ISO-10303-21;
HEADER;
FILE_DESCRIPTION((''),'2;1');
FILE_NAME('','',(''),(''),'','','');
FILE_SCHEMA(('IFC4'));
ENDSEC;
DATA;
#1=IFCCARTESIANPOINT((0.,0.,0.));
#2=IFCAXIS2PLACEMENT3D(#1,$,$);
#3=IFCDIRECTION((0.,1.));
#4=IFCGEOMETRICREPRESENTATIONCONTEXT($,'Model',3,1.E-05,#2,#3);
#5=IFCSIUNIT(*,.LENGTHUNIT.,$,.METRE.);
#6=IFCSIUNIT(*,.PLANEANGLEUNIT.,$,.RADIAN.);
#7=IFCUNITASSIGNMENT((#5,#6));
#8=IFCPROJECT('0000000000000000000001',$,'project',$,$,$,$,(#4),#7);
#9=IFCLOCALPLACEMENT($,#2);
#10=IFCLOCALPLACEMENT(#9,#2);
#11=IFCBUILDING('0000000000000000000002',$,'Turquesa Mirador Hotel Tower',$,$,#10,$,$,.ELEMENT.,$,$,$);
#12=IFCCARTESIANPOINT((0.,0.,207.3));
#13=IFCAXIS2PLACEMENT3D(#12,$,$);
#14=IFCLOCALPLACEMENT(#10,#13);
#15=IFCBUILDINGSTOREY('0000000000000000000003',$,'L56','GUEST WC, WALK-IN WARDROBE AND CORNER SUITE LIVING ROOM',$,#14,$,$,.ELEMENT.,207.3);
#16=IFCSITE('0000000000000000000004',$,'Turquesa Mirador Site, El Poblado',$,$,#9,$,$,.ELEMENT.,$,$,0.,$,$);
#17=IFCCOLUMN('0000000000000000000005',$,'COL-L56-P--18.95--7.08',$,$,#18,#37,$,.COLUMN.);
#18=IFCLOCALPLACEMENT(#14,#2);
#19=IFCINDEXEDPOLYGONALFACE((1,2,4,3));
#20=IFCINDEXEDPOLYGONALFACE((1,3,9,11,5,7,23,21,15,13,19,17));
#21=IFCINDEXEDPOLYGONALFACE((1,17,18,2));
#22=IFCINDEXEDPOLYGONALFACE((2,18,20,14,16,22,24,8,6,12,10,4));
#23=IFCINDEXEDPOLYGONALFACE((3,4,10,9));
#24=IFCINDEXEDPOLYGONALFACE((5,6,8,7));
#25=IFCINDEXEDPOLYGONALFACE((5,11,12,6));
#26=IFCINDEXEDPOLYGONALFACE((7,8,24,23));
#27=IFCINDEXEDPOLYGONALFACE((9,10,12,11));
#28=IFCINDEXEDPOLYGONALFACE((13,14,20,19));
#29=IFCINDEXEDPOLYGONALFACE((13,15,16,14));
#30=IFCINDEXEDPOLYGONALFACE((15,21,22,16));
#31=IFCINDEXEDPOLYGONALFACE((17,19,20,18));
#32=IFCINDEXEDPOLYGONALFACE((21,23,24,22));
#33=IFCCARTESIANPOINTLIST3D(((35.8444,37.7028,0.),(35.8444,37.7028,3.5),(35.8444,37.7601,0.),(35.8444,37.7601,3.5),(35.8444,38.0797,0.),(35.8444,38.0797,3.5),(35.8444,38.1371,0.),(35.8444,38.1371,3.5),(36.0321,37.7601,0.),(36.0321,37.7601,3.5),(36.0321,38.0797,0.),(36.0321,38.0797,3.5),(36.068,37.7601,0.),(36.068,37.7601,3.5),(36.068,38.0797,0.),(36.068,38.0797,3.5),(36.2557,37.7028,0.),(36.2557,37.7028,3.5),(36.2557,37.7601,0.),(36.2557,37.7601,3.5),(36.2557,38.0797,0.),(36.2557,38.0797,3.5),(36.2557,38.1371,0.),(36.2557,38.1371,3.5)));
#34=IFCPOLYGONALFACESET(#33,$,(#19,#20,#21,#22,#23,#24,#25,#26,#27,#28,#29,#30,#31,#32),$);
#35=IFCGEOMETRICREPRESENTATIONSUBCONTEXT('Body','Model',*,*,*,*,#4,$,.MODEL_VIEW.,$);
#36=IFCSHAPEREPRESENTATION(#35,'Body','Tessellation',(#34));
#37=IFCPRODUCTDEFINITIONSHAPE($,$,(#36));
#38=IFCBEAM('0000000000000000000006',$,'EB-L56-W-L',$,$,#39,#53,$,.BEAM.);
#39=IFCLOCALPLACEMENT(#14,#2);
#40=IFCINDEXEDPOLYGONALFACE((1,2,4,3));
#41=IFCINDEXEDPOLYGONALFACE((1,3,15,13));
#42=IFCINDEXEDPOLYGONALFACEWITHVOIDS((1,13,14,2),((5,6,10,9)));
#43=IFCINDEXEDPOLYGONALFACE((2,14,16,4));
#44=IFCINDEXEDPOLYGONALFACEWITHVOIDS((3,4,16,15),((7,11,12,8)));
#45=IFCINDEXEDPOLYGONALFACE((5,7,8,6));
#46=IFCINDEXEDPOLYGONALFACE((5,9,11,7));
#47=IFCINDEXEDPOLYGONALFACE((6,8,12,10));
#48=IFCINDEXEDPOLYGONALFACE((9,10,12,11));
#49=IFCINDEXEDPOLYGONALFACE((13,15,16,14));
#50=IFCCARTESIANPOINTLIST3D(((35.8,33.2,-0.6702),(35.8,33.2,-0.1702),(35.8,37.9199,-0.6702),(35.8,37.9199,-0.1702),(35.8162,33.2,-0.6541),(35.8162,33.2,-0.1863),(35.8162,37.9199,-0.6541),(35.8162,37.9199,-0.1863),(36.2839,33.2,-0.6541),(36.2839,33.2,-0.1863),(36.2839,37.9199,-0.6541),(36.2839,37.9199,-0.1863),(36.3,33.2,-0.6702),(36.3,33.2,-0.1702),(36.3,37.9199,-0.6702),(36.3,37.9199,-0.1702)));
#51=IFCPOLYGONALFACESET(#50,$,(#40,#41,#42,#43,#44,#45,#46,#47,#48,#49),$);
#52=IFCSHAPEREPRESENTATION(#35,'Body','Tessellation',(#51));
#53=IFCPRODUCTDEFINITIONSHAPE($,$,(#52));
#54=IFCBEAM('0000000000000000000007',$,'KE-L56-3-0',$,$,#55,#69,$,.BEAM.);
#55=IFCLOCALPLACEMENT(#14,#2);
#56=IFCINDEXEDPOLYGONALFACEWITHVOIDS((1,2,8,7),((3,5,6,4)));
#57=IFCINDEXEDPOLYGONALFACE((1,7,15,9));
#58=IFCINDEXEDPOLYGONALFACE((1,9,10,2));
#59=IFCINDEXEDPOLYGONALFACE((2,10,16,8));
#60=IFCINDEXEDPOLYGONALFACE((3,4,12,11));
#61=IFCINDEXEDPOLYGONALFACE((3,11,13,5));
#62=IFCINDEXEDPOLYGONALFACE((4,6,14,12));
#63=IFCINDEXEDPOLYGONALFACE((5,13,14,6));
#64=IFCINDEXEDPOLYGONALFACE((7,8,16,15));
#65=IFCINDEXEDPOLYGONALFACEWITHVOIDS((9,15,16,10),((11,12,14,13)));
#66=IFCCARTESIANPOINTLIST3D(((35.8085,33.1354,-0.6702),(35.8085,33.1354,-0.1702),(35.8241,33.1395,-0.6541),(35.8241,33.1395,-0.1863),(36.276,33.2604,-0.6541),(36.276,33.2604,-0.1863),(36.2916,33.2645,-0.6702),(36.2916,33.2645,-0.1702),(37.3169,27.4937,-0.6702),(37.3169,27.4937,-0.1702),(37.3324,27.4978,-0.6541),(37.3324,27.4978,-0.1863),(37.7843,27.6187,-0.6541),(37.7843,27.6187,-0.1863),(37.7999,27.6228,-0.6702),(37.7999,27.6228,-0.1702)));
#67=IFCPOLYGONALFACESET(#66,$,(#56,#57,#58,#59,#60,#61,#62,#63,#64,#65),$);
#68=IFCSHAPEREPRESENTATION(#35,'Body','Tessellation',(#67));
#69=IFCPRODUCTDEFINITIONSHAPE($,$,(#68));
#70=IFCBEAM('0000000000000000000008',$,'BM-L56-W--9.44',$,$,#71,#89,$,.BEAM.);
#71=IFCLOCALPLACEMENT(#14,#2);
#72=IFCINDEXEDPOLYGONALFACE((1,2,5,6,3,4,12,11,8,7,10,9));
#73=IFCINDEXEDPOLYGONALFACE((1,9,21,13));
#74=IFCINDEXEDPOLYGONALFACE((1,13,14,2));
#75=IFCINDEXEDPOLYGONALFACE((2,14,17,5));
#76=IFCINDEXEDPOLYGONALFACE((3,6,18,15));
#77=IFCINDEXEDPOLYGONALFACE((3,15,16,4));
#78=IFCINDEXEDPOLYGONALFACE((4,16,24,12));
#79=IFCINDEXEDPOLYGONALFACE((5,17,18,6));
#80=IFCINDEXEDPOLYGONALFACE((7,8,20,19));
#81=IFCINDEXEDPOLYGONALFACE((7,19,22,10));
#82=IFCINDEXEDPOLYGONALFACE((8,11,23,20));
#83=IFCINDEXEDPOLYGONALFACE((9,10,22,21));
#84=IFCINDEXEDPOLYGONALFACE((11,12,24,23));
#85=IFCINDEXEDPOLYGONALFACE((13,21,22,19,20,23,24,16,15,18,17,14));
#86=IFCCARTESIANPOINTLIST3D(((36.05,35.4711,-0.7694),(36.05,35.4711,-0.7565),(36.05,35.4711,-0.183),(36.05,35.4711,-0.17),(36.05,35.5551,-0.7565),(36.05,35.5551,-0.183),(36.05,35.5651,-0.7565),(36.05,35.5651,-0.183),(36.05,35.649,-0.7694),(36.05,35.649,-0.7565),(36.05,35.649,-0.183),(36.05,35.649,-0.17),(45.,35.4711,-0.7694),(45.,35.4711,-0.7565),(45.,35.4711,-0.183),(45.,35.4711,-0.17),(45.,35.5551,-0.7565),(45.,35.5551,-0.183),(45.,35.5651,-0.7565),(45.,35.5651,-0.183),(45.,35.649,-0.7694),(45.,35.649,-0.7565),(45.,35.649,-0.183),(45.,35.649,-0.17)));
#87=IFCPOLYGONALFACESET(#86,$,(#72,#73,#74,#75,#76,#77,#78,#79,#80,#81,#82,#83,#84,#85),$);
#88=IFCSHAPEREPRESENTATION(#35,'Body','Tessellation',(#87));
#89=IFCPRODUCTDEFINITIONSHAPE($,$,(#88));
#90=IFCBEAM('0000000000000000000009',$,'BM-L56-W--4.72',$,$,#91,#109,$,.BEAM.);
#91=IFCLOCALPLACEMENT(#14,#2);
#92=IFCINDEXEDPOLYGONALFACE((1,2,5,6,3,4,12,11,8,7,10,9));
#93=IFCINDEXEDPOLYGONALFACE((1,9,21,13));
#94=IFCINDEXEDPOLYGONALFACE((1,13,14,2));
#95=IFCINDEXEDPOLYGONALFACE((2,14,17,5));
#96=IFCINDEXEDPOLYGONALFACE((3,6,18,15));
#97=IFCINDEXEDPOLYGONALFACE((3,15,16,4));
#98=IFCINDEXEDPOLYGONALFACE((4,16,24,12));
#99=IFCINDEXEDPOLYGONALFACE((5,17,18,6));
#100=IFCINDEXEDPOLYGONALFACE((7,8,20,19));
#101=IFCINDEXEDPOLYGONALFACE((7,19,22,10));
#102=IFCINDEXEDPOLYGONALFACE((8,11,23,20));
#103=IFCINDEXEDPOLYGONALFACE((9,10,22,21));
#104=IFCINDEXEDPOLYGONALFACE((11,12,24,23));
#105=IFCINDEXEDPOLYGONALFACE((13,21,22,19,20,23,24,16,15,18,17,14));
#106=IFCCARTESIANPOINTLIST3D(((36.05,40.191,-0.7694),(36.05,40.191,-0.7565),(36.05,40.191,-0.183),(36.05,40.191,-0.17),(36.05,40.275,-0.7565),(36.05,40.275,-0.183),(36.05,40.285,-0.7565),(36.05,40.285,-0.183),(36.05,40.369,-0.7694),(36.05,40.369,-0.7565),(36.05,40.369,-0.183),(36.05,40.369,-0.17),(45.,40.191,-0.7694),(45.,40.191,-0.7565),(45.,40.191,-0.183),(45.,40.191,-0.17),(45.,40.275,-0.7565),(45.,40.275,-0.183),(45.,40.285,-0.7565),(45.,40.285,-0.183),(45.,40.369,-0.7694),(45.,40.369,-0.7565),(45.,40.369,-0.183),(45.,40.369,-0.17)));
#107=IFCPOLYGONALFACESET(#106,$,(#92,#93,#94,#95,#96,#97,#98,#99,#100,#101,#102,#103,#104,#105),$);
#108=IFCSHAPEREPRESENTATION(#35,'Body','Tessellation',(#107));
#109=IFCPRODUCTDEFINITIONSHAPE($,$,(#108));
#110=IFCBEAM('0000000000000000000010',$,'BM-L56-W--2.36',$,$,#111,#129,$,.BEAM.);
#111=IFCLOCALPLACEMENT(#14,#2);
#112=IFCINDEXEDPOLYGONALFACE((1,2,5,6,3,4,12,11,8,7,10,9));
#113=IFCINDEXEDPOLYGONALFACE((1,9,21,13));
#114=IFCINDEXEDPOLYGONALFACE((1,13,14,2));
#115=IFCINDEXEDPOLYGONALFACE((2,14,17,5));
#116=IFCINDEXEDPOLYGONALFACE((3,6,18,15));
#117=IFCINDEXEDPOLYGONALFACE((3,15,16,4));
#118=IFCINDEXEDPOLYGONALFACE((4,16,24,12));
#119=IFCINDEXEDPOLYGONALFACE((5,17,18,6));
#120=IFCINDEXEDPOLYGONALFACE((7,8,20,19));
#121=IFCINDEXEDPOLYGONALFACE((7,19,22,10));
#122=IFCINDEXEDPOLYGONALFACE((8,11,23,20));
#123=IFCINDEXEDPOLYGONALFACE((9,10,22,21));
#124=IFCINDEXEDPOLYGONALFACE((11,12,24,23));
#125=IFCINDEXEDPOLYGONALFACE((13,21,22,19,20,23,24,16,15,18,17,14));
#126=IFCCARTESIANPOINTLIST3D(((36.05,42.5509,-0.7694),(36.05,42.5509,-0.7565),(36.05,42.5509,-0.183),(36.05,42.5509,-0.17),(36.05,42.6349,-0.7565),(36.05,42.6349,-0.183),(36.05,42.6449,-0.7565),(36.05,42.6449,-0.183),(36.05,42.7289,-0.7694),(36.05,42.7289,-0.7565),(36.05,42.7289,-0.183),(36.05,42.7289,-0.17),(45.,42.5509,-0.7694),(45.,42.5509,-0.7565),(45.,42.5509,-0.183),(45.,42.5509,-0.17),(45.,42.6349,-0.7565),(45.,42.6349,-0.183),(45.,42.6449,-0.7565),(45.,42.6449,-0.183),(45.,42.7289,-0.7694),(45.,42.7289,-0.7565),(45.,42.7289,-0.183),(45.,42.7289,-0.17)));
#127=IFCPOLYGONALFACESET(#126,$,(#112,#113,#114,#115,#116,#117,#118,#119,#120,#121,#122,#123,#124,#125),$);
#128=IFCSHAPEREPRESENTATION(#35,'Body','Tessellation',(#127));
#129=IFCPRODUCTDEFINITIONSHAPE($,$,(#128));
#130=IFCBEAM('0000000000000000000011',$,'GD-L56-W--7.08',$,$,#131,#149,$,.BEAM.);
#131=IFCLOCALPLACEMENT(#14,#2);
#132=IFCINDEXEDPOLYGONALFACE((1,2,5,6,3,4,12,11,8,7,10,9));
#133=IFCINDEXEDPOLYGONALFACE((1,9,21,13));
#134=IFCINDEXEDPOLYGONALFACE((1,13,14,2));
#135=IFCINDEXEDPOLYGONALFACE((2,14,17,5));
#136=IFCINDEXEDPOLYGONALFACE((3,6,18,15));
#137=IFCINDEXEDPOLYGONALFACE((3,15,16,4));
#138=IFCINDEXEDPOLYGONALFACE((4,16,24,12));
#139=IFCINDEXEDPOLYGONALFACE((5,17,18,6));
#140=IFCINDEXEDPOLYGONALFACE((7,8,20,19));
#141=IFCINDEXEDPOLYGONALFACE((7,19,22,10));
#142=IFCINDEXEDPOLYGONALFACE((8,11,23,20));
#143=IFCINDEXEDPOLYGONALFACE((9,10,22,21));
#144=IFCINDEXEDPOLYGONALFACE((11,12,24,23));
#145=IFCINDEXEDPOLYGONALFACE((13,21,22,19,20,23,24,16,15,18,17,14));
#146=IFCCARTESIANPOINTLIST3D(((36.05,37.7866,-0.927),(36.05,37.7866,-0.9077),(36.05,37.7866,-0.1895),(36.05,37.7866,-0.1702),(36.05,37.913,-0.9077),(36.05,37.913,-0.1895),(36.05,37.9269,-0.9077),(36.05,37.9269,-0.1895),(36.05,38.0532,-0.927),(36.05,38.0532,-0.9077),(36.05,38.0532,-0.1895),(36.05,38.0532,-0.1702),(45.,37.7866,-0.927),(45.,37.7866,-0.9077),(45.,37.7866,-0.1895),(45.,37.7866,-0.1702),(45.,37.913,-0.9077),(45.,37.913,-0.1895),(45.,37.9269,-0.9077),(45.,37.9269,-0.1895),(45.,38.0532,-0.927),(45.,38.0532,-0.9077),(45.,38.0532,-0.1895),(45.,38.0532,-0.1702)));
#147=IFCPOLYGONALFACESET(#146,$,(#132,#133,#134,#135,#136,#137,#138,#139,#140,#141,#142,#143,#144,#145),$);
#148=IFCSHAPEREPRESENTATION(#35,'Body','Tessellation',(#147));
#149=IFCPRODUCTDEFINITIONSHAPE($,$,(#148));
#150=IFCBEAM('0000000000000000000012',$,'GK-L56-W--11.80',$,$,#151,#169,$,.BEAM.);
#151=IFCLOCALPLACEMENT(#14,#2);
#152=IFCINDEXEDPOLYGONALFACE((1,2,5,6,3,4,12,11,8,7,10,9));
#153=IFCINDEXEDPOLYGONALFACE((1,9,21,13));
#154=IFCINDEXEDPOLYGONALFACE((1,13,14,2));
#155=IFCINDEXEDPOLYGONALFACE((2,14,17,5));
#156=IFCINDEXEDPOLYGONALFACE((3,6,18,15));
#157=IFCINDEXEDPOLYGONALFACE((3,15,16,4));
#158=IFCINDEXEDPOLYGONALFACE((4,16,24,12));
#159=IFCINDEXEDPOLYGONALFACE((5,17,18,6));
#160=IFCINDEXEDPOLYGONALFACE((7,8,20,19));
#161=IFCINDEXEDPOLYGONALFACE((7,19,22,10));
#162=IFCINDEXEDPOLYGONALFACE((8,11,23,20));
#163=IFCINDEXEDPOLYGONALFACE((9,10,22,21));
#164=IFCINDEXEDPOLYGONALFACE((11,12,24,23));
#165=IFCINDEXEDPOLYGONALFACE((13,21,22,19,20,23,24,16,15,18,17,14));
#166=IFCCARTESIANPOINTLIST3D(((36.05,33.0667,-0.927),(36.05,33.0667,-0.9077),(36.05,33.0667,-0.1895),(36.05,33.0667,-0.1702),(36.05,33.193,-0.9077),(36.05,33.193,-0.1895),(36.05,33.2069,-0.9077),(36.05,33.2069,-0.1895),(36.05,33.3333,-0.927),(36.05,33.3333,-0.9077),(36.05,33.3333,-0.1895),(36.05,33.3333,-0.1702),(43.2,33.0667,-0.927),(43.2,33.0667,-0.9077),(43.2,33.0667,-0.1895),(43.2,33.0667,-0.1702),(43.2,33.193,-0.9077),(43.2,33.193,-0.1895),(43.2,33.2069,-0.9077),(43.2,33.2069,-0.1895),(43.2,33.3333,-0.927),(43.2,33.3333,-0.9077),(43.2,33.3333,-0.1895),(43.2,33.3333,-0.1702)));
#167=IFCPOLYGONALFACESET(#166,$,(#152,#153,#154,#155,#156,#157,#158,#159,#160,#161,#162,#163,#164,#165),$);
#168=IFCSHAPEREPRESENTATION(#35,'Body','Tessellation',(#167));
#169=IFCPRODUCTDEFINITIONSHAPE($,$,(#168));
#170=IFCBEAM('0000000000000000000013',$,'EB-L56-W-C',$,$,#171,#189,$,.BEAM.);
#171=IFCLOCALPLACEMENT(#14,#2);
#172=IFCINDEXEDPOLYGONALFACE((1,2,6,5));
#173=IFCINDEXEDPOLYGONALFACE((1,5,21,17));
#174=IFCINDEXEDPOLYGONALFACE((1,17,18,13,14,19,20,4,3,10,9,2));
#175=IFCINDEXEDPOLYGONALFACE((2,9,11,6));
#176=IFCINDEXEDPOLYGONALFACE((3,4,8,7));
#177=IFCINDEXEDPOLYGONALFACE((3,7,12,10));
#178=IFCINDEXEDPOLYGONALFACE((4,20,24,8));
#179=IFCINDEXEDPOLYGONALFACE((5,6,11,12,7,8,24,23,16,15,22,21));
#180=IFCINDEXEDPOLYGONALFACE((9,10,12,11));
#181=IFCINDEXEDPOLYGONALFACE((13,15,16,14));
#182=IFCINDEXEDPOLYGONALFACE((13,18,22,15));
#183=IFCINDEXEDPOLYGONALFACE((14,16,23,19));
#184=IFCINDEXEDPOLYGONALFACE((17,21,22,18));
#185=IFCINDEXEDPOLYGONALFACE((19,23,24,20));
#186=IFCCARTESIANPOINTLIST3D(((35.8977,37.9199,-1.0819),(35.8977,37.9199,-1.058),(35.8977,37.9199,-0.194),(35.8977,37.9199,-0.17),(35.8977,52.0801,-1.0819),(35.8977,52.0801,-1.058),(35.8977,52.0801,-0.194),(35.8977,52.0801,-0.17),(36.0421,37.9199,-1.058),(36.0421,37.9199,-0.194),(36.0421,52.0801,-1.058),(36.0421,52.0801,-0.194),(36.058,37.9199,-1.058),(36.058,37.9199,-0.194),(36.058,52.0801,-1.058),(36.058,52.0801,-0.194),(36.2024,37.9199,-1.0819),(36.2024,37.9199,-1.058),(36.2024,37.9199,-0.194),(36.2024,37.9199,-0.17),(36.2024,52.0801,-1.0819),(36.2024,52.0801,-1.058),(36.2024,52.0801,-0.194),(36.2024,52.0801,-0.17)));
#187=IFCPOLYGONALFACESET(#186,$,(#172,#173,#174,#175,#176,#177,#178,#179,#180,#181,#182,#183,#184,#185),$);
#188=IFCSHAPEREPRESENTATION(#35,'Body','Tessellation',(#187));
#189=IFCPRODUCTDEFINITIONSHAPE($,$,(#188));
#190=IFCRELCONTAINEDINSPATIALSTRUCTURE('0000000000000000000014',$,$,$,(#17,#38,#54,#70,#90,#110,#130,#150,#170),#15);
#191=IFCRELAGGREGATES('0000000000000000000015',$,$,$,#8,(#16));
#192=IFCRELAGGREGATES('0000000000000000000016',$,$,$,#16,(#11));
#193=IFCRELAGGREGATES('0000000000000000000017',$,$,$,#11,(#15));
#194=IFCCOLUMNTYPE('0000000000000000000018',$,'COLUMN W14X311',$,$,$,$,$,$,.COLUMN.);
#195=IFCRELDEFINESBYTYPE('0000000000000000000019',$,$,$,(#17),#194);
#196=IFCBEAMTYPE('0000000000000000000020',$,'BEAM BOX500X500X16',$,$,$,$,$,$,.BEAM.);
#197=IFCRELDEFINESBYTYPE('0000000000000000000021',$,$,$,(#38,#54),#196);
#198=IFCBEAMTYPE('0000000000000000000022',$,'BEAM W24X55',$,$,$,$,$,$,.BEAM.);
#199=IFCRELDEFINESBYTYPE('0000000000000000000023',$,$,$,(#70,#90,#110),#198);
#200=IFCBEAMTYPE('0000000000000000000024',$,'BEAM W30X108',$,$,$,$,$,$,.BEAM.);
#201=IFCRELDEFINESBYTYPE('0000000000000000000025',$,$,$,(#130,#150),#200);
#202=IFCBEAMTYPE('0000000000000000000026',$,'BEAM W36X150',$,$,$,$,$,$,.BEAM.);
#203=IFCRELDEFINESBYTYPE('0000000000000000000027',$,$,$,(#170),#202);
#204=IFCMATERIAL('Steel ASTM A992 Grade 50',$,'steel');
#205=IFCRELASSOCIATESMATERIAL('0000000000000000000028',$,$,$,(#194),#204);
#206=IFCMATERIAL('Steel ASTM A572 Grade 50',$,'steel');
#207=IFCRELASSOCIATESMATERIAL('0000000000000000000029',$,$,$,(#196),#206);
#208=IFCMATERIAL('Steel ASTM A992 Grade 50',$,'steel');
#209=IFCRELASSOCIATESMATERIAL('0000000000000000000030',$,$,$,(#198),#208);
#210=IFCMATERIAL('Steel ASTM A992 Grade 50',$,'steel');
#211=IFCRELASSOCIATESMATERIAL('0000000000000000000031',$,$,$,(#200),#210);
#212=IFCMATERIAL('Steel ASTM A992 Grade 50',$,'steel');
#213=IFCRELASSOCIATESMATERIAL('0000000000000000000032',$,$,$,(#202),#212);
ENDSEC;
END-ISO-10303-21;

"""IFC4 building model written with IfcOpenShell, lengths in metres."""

from ifc_helpers import new_model, si_unit, direction, frame, origin, origin_2d, place, context, subcontext, project, spatial, hollow_rectangle, i_section, extrude, material, material_profile, profile_set, type_object, element, save


model = new_model("IFC4")

# Units and contexts
model_context = context("Model", 3, precision=1e-05, world=origin(), true_north=direction((0.0, 1.0)))
body_context = subcontext(model_context, "Body", "Model", "MODEL_VIEW")
ifc_project = project(units=[si_unit("LENGTHUNIT", "METRE"), si_unit("PLANEANGLEUNIT", "RADIAN")], contexts=[model_context])

# Site, building, storey
site_placement = place(None, origin())
site = spatial("IfcSite", under=ifc_project, at=site_placement, Name="Turquesa Mirador Site, El Poblado", CompositionType="ELEMENT", RefElevation=0.0)
building_placement = place(site_placement, origin())
building = spatial("IfcBuilding", under=site, at=building_placement, Name="Turquesa Mirador Hotel Tower", CompositionType="ELEMENT")
storey_placement = place(building_placement, frame((0.0, 0.0, 207.3)))
storey = spatial("IfcBuildingStorey", under=building, at=storey_placement, Name="L56", Description="GUEST WC, WALK-IN WARDROBE AND CORNER SUITE LIVING ROOM", CompositionType="ELEMENT", Elevation=207.3)

# Column
ifc_material_1 = material(Name="Steel ASTM A992 Grade 50", Category="steel")
ifc_material_profile_1 = material_profile(ifc_material_1, i_section(OverallWidth=0.4114, OverallDepth=0.4343, WebThickness=0.0359, FlangeThickness=0.0574, at=origin_2d()), Name="W14X311")
ifc_profile_set_1 = profile_set([ifc_material_profile_1], Name="Steel ASTM A992 Grade 50")
column_type = type_object("IfcColumnType", Name="COLUMN W14X311", PredefinedType="COLUMN", material=ifc_profile_set_1)
column_placement = place(storey_placement, frame((36.05, 37.9199, 0.0), z_axis=(0.0, 0.0, 1.0), x_axis=(1.0, 0.0, 0.0)))
element("IfcColumn", 1, at=column_placement, inside=storey, type_object=column_type, Name="COL-L56-P--18.95--7.08", PredefinedType="COLUMN", context=body_context, shape_type="SweptSolid", body=[
    extrude(i_section(OverallWidth=0.4114, OverallDepth=0.4343, WebThickness=0.0359, FlangeThickness=0.0574, at=origin_2d()), origin(), (0.0, 0.0, 1.0), 3.5),
])

# Beams
ifc_material_2 = material(Name="Steel ASTM A572 Grade 50", Category="steel")
ifc_material_profile_2 = material_profile(ifc_material_2, hollow_rectangle(XDim=0.5, YDim=0.5, WallThickness=0.0161, at=origin_2d()), Name="BOX500X500X16")
ifc_profile_set_2 = profile_set([ifc_material_profile_2], Name="Steel ASTM A572 Grade 50")
beam_type_1 = type_object("IfcBeamType", Name="BEAM BOX500X500X16", PredefinedType="BEAM", material=ifc_profile_set_2)
beam_1_placement = place(storey_placement, frame((36.05, 33.2, -0.4202), z_axis=(0.0, 1.0, 0.0), x_axis=(-1.0, 0.0, 0.0)))
element("IfcBeam", 2, at=beam_1_placement, inside=storey, type_object=beam_type_1, Name="EB-L56-W-L", PredefinedType="BEAM", context=body_context, shape_type="SweptSolid", body=[
    extrude(hollow_rectangle(XDim=0.5, YDim=0.5, WallThickness=0.0161, at=origin_2d()), origin(), (0.0, 0.0, 1.0), 4.72),
])
beam_2_placement = place(storey_placement, frame((36.05, 33.2, -0.4202), z_axis=(0.258282, -0.96607, 0.0), x_axis=(0.96607, 0.258282, 0.0)))
element("IfcBeam", 3, at=beam_2_placement, inside=storey, type_object=beam_type_1, Name="KE-L56-3-0", PredefinedType="BEAM", context=body_context, shape_type="SweptSolid", body=[
    extrude(hollow_rectangle(XDim=0.5, YDim=0.5, WallThickness=0.0161, at=origin_2d()), origin(), (0.0, 0.0, 1.0), 5.8398),
])
ifc_material_3 = material(Name="Steel ASTM A992 Grade 50", Category="steel")
ifc_material_profile_3 = material_profile(ifc_material_3, i_section(OverallWidth=0.178, OverallDepth=0.5994, WebThickness=0.01, FlangeThickness=0.0129, at=origin_2d()), Name="W24X55")
ifc_profile_set_3 = profile_set([ifc_material_profile_3], Name="Steel ASTM A992 Grade 50")
beam_type_2 = type_object("IfcBeamType", Name="BEAM W24X55", PredefinedType="BEAM", material=ifc_profile_set_3)
for number, where, z_axis, x_axis, name in (
    (4, (36.05, 35.5601, -0.4697), (1.0, 0.0, 0.0), (0.0, 1.0, 0.0), "BM-L56-W--9.44"),
    (5, (36.05, 40.28, -0.4697), (1.0, 0.0, 0.0), (0.0, 1.0, 0.0), "BM-L56-W--4.72"),
    (6, (36.05, 42.6399, -0.4697), (1.0, 0.0, 0.0), (0.0, 1.0, 0.0), "BM-L56-W--2.36"),
):
    element("IfcBeam", number, at=place(storey_placement, frame(where, z_axis=z_axis, x_axis=x_axis)), inside=storey, type_object=beam_type_2, Name=name, PredefinedType="BEAM", context=body_context, shape_type="SweptSolid", body=[
        extrude(i_section(OverallWidth=0.178, OverallDepth=0.5994, WebThickness=0.01, FlangeThickness=0.0129, at=origin_2d()), origin(), (0.0, 0.0, 1.0), 8.95),
    ])
ifc_material_4 = material(Name="Steel ASTM A992 Grade 50", Category="steel")
ifc_material_profile_4 = material_profile(ifc_material_4, i_section(OverallWidth=0.2666, OverallDepth=0.7568, WebThickness=0.0139, FlangeThickness=0.0193, at=origin_2d()), Name="W30X108")
ifc_profile_set_4 = profile_set([ifc_material_profile_4], Name="Steel ASTM A992 Grade 50")
beam_type_3 = type_object("IfcBeamType", Name="BEAM W30X108", PredefinedType="BEAM", material=ifc_profile_set_4)
beam_3_placement = place(storey_placement, frame((36.05, 37.9199, -0.5486), z_axis=(1.0, 0.0, 0.0), x_axis=(0.0, 1.0, 0.0)))
element("IfcBeam", 7, at=beam_3_placement, inside=storey, type_object=beam_type_3, Name="GD-L56-W--7.08", PredefinedType="BEAM", context=body_context, shape_type="SweptSolid", body=[
    extrude(i_section(OverallWidth=0.2666, OverallDepth=0.7568, WebThickness=0.0139, FlangeThickness=0.0193, at=origin_2d()), origin(), (0.0, 0.0, 1.0), 8.95),
])
beam_4_placement = place(storey_placement, frame((36.05, 33.2, -0.5486), z_axis=(1.0, 0.0, 0.0), x_axis=(0.0, 1.0, 0.0)))
element("IfcBeam", 8, at=beam_4_placement, inside=storey, type_object=beam_type_3, Name="GK-L56-W--11.80", PredefinedType="BEAM", context=body_context, shape_type="SweptSolid", body=[
    extrude(i_section(OverallWidth=0.2666, OverallDepth=0.7568, WebThickness=0.0139, FlangeThickness=0.0193, at=origin_2d()), origin(), (0.0, 0.0, 1.0), 7.1499),
])
ifc_material_5 = material(Name="Steel ASTM A992 Grade 50", Category="steel")
ifc_material_profile_5 = material_profile(ifc_material_5, i_section(OverallWidth=0.3047, OverallDepth=0.9119, WebThickness=0.0159, FlangeThickness=0.0239, at=origin_2d()), Name="W36X150")
ifc_profile_set_5 = profile_set([ifc_material_profile_5], Name="Steel ASTM A992 Grade 50")
beam_type_4 = type_object("IfcBeamType", Name="BEAM W36X150", PredefinedType="BEAM", material=ifc_profile_set_5)
beam_5_placement = place(storey_placement, frame((36.05, 37.9199, -0.626), z_axis=(0.0, 1.0, 0.0), x_axis=(-1.0, 0.0, 0.0)))
element("IfcBeam", 9, at=beam_5_placement, inside=storey, type_object=beam_type_4, Name="EB-L56-W-C", PredefinedType="BEAM", context=body_context, shape_type="SweptSolid", body=[
    extrude(i_section(OverallWidth=0.3047, OverallDepth=0.9119, WebThickness=0.0159, FlangeThickness=0.0239, at=origin_2d()), origin(), (0.0, 0.0, 1.0), 14.1602),
])

save(model, "model.ifc")
